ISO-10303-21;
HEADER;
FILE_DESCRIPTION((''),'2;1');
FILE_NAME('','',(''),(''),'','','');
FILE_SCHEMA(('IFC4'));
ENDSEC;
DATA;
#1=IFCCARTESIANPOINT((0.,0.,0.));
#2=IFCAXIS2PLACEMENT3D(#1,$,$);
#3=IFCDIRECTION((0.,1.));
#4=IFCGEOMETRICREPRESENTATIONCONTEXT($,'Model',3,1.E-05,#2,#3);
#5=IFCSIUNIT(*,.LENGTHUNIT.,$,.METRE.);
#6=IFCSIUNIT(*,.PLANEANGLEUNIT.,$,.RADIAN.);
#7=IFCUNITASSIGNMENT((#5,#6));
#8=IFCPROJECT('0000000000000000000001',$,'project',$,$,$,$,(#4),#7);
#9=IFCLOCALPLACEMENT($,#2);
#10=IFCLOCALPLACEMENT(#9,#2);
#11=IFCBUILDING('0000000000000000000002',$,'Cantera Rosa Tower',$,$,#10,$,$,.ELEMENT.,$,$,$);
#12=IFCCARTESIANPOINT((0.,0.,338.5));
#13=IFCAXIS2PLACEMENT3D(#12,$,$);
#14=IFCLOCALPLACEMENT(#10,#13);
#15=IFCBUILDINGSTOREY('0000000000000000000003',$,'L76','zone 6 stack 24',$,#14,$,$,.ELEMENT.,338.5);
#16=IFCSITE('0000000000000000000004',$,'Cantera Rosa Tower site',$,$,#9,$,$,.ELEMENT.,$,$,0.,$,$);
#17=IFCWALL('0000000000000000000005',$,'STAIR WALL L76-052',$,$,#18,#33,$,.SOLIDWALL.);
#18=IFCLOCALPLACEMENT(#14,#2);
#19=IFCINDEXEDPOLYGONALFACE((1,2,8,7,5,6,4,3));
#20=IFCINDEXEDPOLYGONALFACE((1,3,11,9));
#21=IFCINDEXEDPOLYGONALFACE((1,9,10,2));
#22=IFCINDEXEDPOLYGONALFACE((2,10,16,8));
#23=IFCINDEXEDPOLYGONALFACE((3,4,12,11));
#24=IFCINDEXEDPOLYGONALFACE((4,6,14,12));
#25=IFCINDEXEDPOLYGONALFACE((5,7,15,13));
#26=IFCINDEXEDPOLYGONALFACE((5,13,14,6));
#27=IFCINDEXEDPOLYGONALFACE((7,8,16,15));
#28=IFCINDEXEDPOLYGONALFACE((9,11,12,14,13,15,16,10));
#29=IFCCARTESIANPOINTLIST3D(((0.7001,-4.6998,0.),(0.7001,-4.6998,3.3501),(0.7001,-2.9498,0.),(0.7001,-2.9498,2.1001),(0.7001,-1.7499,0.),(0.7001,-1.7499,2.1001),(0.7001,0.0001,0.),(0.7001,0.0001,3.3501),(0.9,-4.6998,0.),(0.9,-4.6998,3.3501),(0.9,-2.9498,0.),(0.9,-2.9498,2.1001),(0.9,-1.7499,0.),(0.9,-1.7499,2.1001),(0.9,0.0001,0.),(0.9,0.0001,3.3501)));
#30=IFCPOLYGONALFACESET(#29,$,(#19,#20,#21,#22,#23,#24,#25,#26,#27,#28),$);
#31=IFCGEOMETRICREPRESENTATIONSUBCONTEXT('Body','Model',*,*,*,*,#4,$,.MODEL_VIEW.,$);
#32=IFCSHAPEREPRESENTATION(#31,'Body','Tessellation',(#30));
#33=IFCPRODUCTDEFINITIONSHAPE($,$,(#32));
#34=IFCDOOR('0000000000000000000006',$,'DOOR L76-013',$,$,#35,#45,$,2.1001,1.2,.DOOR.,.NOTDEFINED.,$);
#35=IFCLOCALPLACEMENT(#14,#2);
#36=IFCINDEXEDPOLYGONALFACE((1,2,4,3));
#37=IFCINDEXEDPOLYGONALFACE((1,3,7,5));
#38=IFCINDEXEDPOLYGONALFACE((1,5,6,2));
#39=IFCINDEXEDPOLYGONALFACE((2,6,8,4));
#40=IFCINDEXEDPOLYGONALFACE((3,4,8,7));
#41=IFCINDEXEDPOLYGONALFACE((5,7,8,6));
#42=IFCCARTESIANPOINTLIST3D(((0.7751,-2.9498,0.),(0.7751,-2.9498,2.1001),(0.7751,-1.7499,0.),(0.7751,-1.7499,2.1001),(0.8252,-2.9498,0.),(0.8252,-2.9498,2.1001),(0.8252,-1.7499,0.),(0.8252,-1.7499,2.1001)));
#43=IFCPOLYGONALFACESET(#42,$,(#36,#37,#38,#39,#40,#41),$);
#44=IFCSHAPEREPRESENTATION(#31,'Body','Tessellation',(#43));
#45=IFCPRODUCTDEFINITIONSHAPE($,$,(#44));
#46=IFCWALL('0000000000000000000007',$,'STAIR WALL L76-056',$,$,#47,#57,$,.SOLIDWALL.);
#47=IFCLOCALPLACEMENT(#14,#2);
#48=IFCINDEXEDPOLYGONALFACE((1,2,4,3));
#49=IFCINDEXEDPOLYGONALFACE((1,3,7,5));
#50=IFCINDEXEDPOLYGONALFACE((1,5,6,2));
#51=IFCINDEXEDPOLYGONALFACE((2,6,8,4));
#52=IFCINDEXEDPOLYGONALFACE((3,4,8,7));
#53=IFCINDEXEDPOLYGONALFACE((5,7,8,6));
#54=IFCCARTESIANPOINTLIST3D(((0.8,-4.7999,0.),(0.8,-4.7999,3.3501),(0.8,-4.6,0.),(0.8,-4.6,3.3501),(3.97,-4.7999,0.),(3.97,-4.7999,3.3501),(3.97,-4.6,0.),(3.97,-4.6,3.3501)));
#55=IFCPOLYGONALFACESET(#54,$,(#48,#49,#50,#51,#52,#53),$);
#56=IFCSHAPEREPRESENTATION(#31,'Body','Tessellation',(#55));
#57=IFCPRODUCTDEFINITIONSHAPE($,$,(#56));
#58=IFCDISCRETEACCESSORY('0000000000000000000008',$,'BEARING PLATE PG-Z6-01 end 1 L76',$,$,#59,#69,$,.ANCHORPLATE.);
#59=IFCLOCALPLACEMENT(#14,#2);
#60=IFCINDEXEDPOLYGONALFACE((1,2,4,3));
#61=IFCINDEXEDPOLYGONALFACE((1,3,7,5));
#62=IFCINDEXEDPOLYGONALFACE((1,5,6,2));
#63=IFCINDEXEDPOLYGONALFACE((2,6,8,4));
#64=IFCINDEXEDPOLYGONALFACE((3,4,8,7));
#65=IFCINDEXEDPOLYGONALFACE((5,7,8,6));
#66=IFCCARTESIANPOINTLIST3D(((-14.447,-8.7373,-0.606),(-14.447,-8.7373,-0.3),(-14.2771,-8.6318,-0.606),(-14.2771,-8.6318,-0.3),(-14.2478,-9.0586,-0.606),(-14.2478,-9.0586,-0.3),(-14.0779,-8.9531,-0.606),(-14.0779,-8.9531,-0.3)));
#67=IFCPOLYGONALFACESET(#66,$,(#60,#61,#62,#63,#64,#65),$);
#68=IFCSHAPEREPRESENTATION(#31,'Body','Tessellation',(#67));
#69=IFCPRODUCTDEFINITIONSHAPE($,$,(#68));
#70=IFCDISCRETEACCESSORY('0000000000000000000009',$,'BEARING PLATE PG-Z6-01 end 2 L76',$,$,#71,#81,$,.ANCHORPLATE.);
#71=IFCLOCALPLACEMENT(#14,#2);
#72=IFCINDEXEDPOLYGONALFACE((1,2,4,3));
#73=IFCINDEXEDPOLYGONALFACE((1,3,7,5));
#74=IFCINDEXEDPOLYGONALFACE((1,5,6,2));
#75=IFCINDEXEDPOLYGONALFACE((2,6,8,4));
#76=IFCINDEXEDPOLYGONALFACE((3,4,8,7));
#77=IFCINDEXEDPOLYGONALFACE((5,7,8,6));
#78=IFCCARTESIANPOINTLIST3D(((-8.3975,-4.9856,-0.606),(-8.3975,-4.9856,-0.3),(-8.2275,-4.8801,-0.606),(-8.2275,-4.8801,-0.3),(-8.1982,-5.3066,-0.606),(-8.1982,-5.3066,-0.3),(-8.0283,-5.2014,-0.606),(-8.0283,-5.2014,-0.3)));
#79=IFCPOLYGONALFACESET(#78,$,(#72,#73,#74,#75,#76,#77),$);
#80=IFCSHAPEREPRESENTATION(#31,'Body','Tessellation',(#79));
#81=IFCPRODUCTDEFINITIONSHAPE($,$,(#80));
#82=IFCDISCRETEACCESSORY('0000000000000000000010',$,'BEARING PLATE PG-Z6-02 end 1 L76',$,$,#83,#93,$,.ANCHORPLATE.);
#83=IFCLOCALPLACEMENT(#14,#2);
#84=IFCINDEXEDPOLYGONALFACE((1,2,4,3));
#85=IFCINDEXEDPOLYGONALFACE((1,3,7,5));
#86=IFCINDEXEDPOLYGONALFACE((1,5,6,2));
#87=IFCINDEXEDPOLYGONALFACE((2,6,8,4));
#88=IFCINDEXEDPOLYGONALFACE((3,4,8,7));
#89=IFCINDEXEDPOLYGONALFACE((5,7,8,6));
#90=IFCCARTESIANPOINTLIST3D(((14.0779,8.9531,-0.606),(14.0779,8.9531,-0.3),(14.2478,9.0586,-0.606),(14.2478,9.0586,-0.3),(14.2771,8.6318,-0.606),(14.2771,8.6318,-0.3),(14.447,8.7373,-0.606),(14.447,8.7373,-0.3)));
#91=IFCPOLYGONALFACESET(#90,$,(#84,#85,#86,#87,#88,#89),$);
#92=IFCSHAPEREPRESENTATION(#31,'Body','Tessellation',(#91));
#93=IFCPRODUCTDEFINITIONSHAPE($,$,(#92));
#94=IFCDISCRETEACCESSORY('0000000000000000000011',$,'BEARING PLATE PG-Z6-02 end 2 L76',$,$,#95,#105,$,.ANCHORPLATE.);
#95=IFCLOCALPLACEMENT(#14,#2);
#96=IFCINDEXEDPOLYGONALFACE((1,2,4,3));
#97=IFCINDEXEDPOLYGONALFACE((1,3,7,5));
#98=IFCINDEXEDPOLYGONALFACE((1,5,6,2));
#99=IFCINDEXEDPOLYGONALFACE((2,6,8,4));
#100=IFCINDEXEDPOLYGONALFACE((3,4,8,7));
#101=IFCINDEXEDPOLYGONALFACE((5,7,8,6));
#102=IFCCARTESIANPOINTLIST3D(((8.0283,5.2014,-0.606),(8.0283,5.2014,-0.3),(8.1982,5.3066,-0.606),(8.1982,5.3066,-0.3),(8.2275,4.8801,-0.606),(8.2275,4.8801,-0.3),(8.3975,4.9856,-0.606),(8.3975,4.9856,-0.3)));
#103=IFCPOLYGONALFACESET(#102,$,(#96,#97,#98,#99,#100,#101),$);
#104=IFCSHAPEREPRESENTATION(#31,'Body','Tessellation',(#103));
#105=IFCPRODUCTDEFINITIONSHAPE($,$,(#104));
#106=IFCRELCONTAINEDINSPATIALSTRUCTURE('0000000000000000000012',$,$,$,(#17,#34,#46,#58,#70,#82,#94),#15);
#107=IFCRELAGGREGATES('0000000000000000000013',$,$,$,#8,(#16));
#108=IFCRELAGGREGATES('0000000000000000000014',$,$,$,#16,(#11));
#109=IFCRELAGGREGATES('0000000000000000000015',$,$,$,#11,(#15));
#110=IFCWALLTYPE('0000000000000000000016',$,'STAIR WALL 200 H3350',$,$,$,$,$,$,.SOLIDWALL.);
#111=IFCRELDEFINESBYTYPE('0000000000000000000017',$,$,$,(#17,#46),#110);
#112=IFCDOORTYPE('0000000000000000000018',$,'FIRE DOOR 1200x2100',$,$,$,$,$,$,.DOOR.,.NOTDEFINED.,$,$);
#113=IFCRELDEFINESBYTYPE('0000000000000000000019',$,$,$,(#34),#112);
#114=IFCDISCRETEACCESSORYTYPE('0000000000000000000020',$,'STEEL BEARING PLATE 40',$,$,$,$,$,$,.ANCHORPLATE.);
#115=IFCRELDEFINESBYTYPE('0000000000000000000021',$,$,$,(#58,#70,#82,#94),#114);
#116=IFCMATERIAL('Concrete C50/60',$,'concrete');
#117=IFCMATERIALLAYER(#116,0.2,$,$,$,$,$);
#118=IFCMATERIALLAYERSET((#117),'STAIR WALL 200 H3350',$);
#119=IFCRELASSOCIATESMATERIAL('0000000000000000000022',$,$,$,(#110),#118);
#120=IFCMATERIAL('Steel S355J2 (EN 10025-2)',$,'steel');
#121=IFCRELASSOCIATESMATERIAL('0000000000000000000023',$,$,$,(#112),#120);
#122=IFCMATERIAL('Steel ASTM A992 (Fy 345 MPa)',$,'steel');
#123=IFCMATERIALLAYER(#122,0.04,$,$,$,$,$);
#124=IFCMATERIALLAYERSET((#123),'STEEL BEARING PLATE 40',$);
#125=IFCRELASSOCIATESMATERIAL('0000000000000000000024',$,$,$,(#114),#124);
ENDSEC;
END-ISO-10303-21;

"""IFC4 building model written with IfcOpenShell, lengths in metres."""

from ifc_helpers import new_model, si_unit, direction, frame, frame_2d, origin, place, context, subcontext, project, spatial, polyline, rectangle, outline, extrude, material, layer, layer_set, type_object, element, fill, save


model = new_model("IFC4")

# Units and contexts
model_context = context("Model", 3, precision=1e-05, world=origin(), true_north=direction((0.0, 1.0)))
body_context = subcontext(model_context, "Body", "Model", "MODEL_VIEW")
ifc_project = project(units=[si_unit("LENGTHUNIT", "METRE"), si_unit("PLANEANGLEUNIT", "RADIAN")], contexts=[model_context])

# Site, building, storey
site_placement = place(None, origin())
site = spatial("IfcSite", under=ifc_project, at=site_placement, Name="Cantera Rosa Tower site", CompositionType="ELEMENT", RefElevation=0.0)
building_placement = place(site_placement, origin())
building = spatial("IfcBuilding", under=site, at=building_placement, Name="Cantera Rosa Tower", CompositionType="ELEMENT")
storey_placement = place(building_placement, frame((0.0, 0.0, 338.5)))
storey = spatial("IfcBuildingStorey", under=building, at=storey_placement, Name="L76", Description="zone 6 stack 24", CompositionType="ELEMENT", Elevation=338.5)

# Shared definitions
ifc_material_1 = material(Name="Concrete C50/60", Category="concrete")
ifc_layer_1 = layer(ifc_material_1, 0.2)
ifc_layer_set_1 = layer_set([ifc_layer_1], Name="STAIR WALL 200 H3350")
wall_type_1 = type_object("IfcWallType", Name="STAIR WALL 200 H3350", PredefinedType="SOLIDWALL", material=ifc_layer_set_1)

# Wall, opening, door
wall_1_placement = place(storey_placement, frame((0.8, -4.7, 0.0), z_axis=(0.0, 0.0, 1.0), x_axis=(0.0, 1.0, 0.0)))
wall_1 = element("IfcWall", 1, at=wall_1_placement, inside=storey, type_object=wall_type_1, Name="STAIR WALL L76-052", PredefinedType="SOLIDWALL", context=body_context, shape_type="SweptSolid", body=[
    extrude(rectangle(XDim=4.7, YDim=0.2, at=frame_2d((2.3501, 0.0))), origin(), (0.0, 0.0, 1.0), 3.3501),
])
opening_1_placement = place(wall_1_placement, frame((1.75, 0.0, 0.0)))
opening_1 = element("IfcOpeningElement", 2, at=opening_1_placement, cuts=wall_1, PredefinedType="OPENING", context=body_context, shape_type="SweptSolid", body=[
    extrude(rectangle(XDim=1.2, YDim=2.1001, at=frame_2d((0.6001, 1.05))), frame((0.0, 0.1099, 0.0), z_axis=(0.0, -1.0, 0.0), x_axis=(1.0, 0.0, 0.0)), (0.0, 0.0, 1.0), 0.22),
])
ifc_material_2 = material(Name="Steel S355J2 (EN 10025-2)", Category="steel")
door_type_1 = type_object("IfcDoorType", Name="FIRE DOOR 1200x2100", OperationType="NOTDEFINED", PredefinedType="DOOR", material=ifc_material_2)
door_1_placement = place(opening_1_placement, origin())
door_1 = element("IfcDoor", 3, at=door_1_placement, inside=storey, type_object=door_type_1, Name="DOOR L76-013", OperationType="NOTDEFINED", OverallHeight=2.1001, OverallWidth=1.2, PredefinedType="DOOR", context=body_context, shape_type="SweptSolid", body=[
    extrude(rectangle(XDim=1.2, YDim=2.1001, at=frame_2d((0.6001, 1.05))), frame((0.0, 0.0249, 0.0), z_axis=(0.0, -1.0, 0.0), x_axis=(1.0, 0.0, 0.0)), (0.0, 0.0, 1.0), 0.05),
])
fill(opening_1, door_1)

# Wall
wall_2_placement = place(storey_placement, frame((3.97, -4.7, 0.0), z_axis=(0.0, 0.0, 1.0), x_axis=(-1.0, 0.0, 0.0)))
element("IfcWall", 4, at=wall_2_placement, inside=storey, type_object=wall_type_1, Name="STAIR WALL L76-056", PredefinedType="SOLIDWALL", context=body_context, shape_type="SweptSolid", body=[
    extrude(rectangle(XDim=3.1699, YDim=0.2, at=frame_2d((1.585, 0.0))), origin(), (0.0, 0.0, 1.0), 3.3501),
])

# Discrete accessories
ifc_material_3 = material(Name="Steel ASTM A992 (Fy 345 MPa)", Category="steel")
ifc_layer_2 = layer(ifc_material_3, 0.04)
ifc_layer_set_2 = layer_set([ifc_layer_2], Name="STEEL BEARING PLATE 40")
discrete_accessory_type = type_object("IfcDiscreteAccessoryType", Name="STEEL BEARING PLATE 40", PredefinedType="ANCHORPLATE", material=ifc_layer_set_2)
discrete_accessory_1_placement = place(storey_placement, frame((0.0, 0.0, -0.606)))
element("IfcDiscreteAccessory", 5, at=discrete_accessory_1_placement, inside=storey, type_object=discrete_accessory_type, Name="BEARING PLATE PG-Z6-01 end 1 L76", PredefinedType="ANCHORPLATE", context=body_context, shape_type="SweptSolid", body=[
    extrude(outline(polyline([(-14.2771, -8.6318), (-14.447, -8.7373), (-14.2478, -9.0586), (-14.0779, -8.9531), (-14.2771, -8.6318)])), origin(), (0.0, 0.0, 1.0), 0.3059),
])
discrete_accessory_2_placement = place(storey_placement, frame((0.0, 0.0, -0.606)))
element("IfcDiscreteAccessory", 6, at=discrete_accessory_2_placement, inside=storey, type_object=discrete_accessory_type, Name="BEARING PLATE PG-Z6-01 end 2 L76", PredefinedType="ANCHORPLATE", context=body_context, shape_type="SweptSolid", body=[
    extrude(outline(polyline([(-8.1982, -5.3066), (-8.0283, -5.2014), (-8.2275, -4.8801), (-8.3975, -4.9856), (-8.1982, -5.3066)])), origin(), (0.0, 0.0, 1.0), 0.3059),
])
discrete_accessory_3_placement = place(storey_placement, frame((0.0, 0.0, -0.606)))
element("IfcDiscreteAccessory", 7, at=discrete_accessory_3_placement, inside=storey, type_object=discrete_accessory_type, Name="BEARING PLATE PG-Z6-02 end 1 L76", PredefinedType="ANCHORPLATE", context=body_context, shape_type="SweptSolid", body=[
    extrude(outline(polyline([(14.2771, 8.6318), (14.447, 8.7373), (14.2478, 9.0586), (14.0779, 8.9531), (14.2771, 8.6318)])), origin(), (0.0, 0.0, 1.0), 0.3059),
])
discrete_accessory_4_placement = place(storey_placement, frame((0.0, 0.0, -0.606)))
element("IfcDiscreteAccessory", 8, at=discrete_accessory_4_placement, inside=storey, type_object=discrete_accessory_type, Name="BEARING PLATE PG-Z6-02 end 2 L76", PredefinedType="ANCHORPLATE", context=body_context, shape_type="SweptSolid", body=[
    extrude(outline(polyline([(8.1982, 5.3066), (8.0283, 5.2014), (8.2275, 4.8801), (8.3975, 4.9856), (8.1982, 5.3066)])), origin(), (0.0, 0.0, 1.0), 0.3059),
])

save(model, "model.ifc")
